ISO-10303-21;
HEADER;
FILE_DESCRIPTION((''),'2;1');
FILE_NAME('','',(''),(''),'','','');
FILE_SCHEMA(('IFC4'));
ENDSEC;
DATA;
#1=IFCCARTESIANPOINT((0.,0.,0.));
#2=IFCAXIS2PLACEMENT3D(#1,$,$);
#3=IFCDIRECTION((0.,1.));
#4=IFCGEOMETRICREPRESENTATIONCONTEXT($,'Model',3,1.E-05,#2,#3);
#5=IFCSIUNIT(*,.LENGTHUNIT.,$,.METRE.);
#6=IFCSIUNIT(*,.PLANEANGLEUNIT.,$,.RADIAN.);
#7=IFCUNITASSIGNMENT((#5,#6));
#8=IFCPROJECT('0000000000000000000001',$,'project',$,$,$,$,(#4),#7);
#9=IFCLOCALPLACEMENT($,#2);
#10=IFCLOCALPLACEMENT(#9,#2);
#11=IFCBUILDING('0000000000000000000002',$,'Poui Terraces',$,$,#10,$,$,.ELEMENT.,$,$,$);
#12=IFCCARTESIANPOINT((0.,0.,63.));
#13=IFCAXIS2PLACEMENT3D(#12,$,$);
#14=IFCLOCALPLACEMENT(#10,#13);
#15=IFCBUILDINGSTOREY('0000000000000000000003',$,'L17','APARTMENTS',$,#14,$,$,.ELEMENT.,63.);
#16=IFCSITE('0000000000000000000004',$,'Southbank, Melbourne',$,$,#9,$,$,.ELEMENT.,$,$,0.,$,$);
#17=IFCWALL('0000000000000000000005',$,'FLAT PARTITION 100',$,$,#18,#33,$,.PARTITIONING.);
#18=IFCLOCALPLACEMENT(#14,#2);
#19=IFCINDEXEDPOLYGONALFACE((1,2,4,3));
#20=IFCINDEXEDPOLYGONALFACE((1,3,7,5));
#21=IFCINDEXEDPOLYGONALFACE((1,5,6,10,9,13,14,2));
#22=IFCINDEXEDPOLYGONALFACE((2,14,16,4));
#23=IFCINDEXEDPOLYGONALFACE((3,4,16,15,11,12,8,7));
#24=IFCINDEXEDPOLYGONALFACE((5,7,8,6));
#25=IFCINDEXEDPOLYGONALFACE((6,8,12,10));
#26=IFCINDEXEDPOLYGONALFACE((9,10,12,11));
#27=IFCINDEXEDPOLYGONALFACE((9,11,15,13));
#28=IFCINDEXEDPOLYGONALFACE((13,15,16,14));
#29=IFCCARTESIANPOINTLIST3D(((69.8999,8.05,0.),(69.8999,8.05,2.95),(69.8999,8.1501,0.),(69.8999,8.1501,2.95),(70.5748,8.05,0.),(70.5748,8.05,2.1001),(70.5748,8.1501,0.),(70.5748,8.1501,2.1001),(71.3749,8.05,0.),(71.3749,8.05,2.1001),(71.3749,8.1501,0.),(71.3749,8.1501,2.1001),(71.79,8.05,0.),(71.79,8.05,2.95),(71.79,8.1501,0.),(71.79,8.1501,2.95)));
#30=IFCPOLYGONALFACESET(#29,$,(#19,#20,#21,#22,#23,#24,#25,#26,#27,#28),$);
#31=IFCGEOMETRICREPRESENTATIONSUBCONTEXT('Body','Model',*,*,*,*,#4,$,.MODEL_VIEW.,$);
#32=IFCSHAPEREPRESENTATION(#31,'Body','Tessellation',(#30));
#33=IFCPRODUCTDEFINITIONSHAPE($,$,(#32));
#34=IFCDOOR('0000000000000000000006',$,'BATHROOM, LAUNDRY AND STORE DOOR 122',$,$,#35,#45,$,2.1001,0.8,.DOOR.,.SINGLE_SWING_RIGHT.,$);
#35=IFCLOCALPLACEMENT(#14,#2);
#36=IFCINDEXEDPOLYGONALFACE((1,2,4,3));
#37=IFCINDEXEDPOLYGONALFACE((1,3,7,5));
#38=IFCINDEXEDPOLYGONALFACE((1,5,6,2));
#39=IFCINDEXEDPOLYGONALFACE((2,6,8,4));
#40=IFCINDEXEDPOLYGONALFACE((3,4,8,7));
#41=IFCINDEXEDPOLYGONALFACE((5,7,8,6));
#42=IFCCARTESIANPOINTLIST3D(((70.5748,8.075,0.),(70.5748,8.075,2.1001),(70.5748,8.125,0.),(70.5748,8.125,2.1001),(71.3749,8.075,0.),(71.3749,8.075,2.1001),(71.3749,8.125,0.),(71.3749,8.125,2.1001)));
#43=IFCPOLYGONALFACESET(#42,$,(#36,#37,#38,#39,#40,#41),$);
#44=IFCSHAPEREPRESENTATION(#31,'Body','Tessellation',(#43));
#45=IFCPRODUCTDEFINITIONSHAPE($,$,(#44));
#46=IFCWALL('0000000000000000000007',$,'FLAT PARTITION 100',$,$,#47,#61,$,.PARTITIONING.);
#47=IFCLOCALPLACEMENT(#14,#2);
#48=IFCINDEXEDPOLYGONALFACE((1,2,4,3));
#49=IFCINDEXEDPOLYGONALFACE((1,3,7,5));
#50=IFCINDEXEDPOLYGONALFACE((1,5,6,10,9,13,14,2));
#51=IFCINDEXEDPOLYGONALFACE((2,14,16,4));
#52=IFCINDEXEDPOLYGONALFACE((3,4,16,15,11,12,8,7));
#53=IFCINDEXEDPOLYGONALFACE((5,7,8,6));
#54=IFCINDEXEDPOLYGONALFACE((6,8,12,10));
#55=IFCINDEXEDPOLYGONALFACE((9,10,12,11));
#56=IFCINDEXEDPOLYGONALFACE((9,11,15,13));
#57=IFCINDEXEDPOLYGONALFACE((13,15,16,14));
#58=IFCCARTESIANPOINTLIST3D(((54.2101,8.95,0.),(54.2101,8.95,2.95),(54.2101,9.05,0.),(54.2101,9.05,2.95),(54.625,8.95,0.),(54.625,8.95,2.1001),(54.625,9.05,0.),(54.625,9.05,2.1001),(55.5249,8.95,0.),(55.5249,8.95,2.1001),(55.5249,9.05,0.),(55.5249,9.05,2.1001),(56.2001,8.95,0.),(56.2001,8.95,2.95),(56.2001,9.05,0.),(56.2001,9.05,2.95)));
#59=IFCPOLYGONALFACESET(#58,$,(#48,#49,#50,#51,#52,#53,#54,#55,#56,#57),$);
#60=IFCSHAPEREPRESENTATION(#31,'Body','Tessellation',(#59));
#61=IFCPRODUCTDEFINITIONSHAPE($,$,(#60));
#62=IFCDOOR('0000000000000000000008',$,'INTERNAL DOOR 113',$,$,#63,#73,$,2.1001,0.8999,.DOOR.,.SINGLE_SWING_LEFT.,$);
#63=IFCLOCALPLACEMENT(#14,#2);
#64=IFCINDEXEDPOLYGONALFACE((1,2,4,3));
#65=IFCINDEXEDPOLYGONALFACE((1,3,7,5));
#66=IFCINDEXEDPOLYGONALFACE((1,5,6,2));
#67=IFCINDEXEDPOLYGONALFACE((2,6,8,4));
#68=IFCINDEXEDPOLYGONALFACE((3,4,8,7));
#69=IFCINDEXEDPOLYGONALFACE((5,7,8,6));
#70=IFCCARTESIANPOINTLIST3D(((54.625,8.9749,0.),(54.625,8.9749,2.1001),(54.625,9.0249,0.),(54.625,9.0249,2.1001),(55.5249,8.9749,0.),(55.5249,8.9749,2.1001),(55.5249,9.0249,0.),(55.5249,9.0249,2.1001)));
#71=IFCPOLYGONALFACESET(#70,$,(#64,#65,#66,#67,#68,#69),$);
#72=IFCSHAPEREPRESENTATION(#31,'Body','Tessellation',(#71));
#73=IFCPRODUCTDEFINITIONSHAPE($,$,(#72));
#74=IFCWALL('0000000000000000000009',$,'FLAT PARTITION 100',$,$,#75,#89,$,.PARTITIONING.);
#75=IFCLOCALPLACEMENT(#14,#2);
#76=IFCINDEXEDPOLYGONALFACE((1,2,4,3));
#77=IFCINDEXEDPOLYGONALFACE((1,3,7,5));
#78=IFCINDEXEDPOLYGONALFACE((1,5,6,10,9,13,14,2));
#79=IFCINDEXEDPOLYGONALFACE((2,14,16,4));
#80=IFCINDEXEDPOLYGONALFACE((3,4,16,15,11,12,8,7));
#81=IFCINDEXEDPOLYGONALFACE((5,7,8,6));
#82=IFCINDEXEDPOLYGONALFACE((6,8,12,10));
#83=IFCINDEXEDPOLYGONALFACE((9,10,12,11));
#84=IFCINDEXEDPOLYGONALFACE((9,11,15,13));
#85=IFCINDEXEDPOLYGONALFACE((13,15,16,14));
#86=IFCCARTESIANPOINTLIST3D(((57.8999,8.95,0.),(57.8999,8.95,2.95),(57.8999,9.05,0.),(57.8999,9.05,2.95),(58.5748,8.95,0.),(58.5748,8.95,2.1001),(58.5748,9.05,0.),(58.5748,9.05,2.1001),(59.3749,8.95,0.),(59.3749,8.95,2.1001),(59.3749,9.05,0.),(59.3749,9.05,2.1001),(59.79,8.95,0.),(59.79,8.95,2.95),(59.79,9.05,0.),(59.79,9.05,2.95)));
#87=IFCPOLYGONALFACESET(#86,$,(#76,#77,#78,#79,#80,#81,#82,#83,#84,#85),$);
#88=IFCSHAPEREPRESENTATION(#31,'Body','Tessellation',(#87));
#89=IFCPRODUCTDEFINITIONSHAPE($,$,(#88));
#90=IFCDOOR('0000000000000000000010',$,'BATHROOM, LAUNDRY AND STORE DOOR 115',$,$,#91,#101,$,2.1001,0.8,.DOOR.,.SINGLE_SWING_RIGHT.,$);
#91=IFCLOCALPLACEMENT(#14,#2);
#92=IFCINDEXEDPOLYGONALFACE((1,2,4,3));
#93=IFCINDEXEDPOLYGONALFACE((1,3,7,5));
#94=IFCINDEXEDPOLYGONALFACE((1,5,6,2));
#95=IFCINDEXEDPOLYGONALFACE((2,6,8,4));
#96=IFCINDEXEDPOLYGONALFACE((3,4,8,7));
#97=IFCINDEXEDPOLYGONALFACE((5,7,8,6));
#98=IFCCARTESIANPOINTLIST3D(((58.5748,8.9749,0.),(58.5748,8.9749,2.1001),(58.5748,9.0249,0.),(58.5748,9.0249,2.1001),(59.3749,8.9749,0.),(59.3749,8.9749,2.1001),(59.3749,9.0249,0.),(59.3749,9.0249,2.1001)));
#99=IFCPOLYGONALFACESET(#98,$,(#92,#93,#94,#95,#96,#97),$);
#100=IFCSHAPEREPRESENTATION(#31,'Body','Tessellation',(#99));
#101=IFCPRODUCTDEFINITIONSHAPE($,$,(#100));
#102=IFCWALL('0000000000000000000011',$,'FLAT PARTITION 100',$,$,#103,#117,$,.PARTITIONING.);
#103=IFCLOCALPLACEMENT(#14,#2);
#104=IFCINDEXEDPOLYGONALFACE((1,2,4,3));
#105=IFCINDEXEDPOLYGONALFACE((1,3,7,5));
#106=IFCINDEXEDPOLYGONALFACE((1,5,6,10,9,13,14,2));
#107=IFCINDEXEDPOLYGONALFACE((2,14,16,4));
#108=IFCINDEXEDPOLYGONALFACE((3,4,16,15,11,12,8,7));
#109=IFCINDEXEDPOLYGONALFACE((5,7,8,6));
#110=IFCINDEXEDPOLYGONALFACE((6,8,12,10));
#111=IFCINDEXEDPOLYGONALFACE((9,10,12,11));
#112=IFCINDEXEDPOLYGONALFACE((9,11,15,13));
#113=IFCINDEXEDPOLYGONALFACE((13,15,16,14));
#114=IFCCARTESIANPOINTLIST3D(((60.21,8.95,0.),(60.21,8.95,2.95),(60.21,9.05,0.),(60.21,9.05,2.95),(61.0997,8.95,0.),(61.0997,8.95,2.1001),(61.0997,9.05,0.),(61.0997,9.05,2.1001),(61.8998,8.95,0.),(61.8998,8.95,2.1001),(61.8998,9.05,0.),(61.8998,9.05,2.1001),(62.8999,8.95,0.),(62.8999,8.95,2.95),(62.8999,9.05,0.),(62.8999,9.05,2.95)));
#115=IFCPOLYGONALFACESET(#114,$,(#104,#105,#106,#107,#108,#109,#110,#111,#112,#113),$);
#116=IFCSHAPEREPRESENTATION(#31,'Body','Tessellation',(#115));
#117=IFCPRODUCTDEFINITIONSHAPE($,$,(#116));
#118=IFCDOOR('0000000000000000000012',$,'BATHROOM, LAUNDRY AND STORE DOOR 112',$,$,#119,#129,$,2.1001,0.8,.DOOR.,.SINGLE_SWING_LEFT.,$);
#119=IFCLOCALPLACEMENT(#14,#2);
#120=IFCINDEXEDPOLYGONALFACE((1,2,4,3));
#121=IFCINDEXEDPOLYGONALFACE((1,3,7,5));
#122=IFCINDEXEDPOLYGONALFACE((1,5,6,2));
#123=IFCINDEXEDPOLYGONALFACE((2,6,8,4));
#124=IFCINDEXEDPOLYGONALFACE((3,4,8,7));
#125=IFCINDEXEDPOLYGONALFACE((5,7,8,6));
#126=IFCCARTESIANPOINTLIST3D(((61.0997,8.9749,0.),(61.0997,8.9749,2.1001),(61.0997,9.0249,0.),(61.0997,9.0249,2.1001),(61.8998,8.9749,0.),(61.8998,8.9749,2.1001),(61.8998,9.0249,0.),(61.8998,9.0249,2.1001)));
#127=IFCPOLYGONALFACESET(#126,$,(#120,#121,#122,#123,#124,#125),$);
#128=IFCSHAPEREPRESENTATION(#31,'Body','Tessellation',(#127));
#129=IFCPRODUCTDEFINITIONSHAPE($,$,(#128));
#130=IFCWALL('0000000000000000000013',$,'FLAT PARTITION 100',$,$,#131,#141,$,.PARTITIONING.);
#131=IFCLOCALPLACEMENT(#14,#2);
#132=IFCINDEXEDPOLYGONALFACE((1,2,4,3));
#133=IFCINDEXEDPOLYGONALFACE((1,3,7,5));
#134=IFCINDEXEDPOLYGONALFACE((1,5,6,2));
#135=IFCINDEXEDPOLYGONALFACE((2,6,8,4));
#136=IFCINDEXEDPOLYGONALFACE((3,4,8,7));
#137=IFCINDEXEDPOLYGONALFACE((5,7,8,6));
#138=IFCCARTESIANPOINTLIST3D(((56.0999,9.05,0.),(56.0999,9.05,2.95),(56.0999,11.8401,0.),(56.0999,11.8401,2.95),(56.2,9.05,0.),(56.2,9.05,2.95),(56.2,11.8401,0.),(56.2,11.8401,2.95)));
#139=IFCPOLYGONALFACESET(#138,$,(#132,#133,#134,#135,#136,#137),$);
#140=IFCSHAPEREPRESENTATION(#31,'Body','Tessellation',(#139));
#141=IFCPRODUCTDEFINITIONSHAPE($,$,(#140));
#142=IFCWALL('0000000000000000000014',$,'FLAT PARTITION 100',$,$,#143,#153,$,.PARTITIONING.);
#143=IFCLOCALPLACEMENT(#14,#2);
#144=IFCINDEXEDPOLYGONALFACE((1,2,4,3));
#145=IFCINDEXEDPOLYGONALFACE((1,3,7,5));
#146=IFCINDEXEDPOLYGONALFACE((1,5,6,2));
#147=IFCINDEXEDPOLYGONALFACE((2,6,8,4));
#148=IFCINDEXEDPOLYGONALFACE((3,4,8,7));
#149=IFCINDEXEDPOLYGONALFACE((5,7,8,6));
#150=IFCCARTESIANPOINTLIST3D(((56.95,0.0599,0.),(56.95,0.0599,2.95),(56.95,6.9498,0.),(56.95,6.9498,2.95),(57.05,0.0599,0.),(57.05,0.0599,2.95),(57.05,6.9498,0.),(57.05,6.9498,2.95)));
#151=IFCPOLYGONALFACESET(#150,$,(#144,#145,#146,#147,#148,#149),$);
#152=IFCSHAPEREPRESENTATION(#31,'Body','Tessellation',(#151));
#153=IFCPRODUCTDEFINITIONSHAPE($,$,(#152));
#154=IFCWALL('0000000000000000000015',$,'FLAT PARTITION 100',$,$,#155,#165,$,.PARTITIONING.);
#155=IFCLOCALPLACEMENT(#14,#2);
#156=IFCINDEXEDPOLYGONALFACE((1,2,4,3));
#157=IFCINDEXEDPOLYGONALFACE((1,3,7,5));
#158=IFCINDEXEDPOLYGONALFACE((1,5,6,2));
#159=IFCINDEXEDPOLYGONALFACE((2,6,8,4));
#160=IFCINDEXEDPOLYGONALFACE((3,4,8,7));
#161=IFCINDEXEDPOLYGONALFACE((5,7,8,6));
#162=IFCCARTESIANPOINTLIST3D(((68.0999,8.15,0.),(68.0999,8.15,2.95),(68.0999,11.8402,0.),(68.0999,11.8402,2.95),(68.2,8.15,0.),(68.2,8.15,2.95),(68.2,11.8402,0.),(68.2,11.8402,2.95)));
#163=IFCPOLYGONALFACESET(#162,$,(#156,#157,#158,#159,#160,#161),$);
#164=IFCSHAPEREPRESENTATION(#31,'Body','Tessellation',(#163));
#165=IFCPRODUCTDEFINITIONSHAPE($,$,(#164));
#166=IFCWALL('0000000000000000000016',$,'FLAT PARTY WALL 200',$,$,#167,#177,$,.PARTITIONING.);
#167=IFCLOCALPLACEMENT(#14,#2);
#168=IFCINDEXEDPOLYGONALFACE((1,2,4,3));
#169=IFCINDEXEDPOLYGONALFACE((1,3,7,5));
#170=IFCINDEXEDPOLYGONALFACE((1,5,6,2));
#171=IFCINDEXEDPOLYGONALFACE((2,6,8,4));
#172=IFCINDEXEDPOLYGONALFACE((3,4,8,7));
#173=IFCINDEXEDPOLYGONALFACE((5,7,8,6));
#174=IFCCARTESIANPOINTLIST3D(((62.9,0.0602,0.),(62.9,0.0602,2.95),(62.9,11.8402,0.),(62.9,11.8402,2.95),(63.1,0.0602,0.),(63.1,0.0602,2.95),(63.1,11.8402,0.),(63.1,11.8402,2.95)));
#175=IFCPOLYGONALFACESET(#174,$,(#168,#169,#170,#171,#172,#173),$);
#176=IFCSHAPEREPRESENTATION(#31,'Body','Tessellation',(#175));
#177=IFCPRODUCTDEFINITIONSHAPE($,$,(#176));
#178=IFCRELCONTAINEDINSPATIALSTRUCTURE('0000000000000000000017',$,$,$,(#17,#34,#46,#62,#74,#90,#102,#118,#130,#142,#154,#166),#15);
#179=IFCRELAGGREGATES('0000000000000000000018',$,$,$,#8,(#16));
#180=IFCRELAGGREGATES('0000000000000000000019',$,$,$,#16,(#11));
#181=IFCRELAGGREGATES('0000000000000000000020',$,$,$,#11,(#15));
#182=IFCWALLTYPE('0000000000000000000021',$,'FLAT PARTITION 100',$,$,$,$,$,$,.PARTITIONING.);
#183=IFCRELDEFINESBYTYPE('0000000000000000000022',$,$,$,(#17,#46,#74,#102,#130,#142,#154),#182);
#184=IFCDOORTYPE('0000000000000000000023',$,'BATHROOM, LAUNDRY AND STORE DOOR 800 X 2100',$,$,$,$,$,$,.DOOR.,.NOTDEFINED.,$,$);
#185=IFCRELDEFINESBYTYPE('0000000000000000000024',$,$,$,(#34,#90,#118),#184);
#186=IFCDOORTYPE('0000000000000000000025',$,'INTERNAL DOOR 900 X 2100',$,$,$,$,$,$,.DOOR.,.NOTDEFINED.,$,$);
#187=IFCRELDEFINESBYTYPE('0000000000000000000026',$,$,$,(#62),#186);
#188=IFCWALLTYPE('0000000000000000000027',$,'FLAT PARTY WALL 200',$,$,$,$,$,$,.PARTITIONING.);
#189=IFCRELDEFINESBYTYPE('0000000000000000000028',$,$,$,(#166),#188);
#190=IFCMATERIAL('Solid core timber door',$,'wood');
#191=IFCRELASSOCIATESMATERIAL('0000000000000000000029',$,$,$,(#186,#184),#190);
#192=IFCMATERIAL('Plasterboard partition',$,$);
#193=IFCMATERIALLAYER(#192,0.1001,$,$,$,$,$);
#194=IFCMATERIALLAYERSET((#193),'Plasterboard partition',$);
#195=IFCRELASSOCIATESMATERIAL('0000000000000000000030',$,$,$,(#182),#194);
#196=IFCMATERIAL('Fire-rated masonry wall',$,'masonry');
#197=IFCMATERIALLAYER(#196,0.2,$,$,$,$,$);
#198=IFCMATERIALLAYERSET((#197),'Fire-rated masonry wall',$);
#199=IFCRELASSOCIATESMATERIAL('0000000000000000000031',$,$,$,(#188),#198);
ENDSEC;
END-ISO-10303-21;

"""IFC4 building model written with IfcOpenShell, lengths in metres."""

from ifc_helpers import new_model, si_unit, direction, frame, frame_2d, origin, place, context, subcontext, project, spatial, rectangle, extrude, material, layer, layer_set, type_object, element, fill, save


model = new_model("IFC4")

# Units and contexts
model_context = context("Model", 3, precision=1e-05, world=origin(), true_north=direction((0.0, 1.0)))
body_context = subcontext(model_context, "Body", "Model", "MODEL_VIEW")
ifc_project = project(units=[si_unit("LENGTHUNIT", "METRE"), si_unit("PLANEANGLEUNIT", "RADIAN")], contexts=[model_context])

# Site, building, storey
site_placement = place(None, origin())
site = spatial("IfcSite", under=ifc_project, at=site_placement, Name="Southbank, Melbourne", CompositionType="ELEMENT", RefElevation=0.0)
building_placement = place(site_placement, origin())
building = spatial("IfcBuilding", under=site, at=building_placement, Name="Poui Terraces", CompositionType="ELEMENT")
storey_placement = place(building_placement, frame((0.0, 0.0, 63.0)))
storey = spatial("IfcBuildingStorey", under=building, at=storey_placement, Name="L17", Description="APARTMENTS", CompositionType="ELEMENT", Elevation=63.0)

# Walls, openings, doors
ifc_material_1 = material(Name="Solid core timber door", Category="wood")
door_type_1 = type_object("IfcDoorType", Name="INTERNAL DOOR 900 X 2100", OperationType="NOTDEFINED", PredefinedType="DOOR", material=ifc_material_1)
ifc_material_2 = material(Name="Plasterboard partition")
ifc_layer_1 = layer(ifc_material_2, 0.1001)
ifc_layer_set_1 = layer_set([ifc_layer_1], Name="Plasterboard partition")
wall_type_1 = type_object("IfcWallType", Name="FLAT PARTITION 100", PredefinedType="PARTITIONING", material=ifc_layer_set_1)
door_type_2 = type_object("IfcDoorType", Name="BATHROOM, LAUNDRY AND STORE DOOR 800 X 2100", OperationType="NOTDEFINED", PredefinedType="DOOR", material=ifc_material_1)
wall_1_placement = place(storey_placement, frame((69.8999, 8.1001, 0.0), z_axis=(0.0, 0.0, 1.0), x_axis=(1.0, 0.0, 0.0)))
wall_1 = element("IfcWall", 1, at=wall_1_placement, inside=storey, type_object=wall_type_1, Name="FLAT PARTITION 100", PredefinedType="PARTITIONING", context=body_context, shape_type="SweptSolid", body=[
    extrude(rectangle(XDim=1.8901, YDim=0.1001, at=frame_2d((0.9451, 0.0))), origin(), (0.0, 0.0, 1.0), 2.95),
])
opening_1_placement = place(wall_1_placement, frame((0.675, 0.0, 0.0)))
opening_1 = element("IfcOpeningElement", 2, at=opening_1_placement, cuts=wall_1, PredefinedType="OPENING", context=body_context, shape_type="SweptSolid", body=[
    extrude(rectangle(XDim=0.8, YDim=2.1001, at=frame_2d((0.3999, 1.05))), frame((0.0, 0.0601, 0.0), z_axis=(0.0, -1.0, 0.0), x_axis=(1.0, 0.0, 0.0)), (0.0, 0.0, 1.0), 0.1201),
])
door_1_placement = place(opening_1_placement, origin())
door_1 = element("IfcDoor", 3, at=door_1_placement, inside=storey, type_object=door_type_2, Name="BATHROOM, LAUNDRY AND STORE DOOR 122", OperationType="SINGLE_SWING_RIGHT", OverallHeight=2.1001, OverallWidth=0.8, PredefinedType="DOOR", context=body_context, shape_type="SweptSolid", body=[
    extrude(rectangle(XDim=0.8, YDim=2.1001, at=frame_2d((0.3999, 1.05))), frame((0.0, 0.0249, 0.0), z_axis=(0.0, -1.0, 0.0), x_axis=(1.0, 0.0, 0.0)), (0.0, 0.0, 1.0), 0.05),
])
fill(opening_1, door_1)
wall_2_placement = place(storey_placement, frame((54.21, 9.0, 0.0), z_axis=(0.0, 0.0, 1.0), x_axis=(1.0, 0.0, 0.0)))
wall_2 = element("IfcWall", 4, at=wall_2_placement, inside=storey, type_object=wall_type_1, Name="FLAT PARTITION 100", PredefinedType="PARTITIONING", context=body_context, shape_type="SweptSolid", body=[
    extrude(rectangle(XDim=1.99, YDim=0.1001, at=frame_2d((0.9951, 0.0))), origin(), (0.0, 0.0, 1.0), 2.95),
])
opening_2_placement = place(wall_2_placement, frame((0.415, 0.0, 0.0)))
opening_2 = element("IfcOpeningElement", 5, at=opening_2_placement, cuts=wall_2, PredefinedType="OPENING", context=body_context, shape_type="SweptSolid", body=[
    extrude(rectangle(XDim=0.8999, YDim=2.1001, at=frame_2d((0.45, 1.05))), frame((0.0, 0.0601, 0.0), z_axis=(0.0, -1.0, 0.0), x_axis=(1.0, 0.0, 0.0)), (0.0, 0.0, 1.0), 0.1201),
])
door_2_placement = place(opening_2_placement, origin())
door_2 = element("IfcDoor", 6, at=door_2_placement, inside=storey, type_object=door_type_1, Name="INTERNAL DOOR 113", OperationType="SINGLE_SWING_LEFT", OverallHeight=2.1001, OverallWidth=0.8999, PredefinedType="DOOR", context=body_context, shape_type="SweptSolid", body=[
    extrude(rectangle(XDim=0.8999, YDim=2.1001, at=frame_2d((0.45, 1.05))), frame((0.0, 0.0249, 0.0), z_axis=(0.0, -1.0, 0.0), x_axis=(1.0, 0.0, 0.0)), (0.0, 0.0, 1.0), 0.05),
])
fill(opening_2, door_2)
wall_3_placement = place(storey_placement, frame((57.8999, 9.0, 0.0), z_axis=(0.0, 0.0, 1.0), x_axis=(1.0, 0.0, 0.0)))
wall_3 = element("IfcWall", 7, at=wall_3_placement, inside=storey, type_object=wall_type_1, Name="FLAT PARTITION 100", PredefinedType="PARTITIONING", context=body_context, shape_type="SweptSolid", body=[
    extrude(rectangle(XDim=1.8901, YDim=0.1001, at=frame_2d((0.9451, 0.0))), origin(), (0.0, 0.0, 1.0), 2.95),
])
opening_3_placement = place(wall_3_placement, frame((0.675, 0.0, 0.0)))
opening_3 = element("IfcOpeningElement", 8, at=opening_3_placement, cuts=wall_3, PredefinedType="OPENING", context=body_context, shape_type="SweptSolid", body=[
    extrude(rectangle(XDim=0.8, YDim=2.1001, at=frame_2d((0.3999, 1.05))), frame((0.0, 0.0601, 0.0), z_axis=(0.0, -1.0, 0.0), x_axis=(1.0, 0.0, 0.0)), (0.0, 0.0, 1.0), 0.1201),
])
door_3_placement = place(opening_3_placement, origin())
door_3 = element("IfcDoor", 9, at=door_3_placement, inside=storey, type_object=door_type_2, Name="BATHROOM, LAUNDRY AND STORE DOOR 115", OperationType="SINGLE_SWING_RIGHT", OverallHeight=2.1001, OverallWidth=0.8, PredefinedType="DOOR", context=body_context, shape_type="SweptSolid", body=[
    extrude(rectangle(XDim=0.8, YDim=2.1001, at=frame_2d((0.3999, 1.05))), frame((0.0, 0.0249, 0.0), z_axis=(0.0, -1.0, 0.0), x_axis=(1.0, 0.0, 0.0)), (0.0, 0.0, 1.0), 0.05),
])
fill(opening_3, door_3)
wall_4_placement = place(storey_placement, frame((60.21, 9.0, 0.0), z_axis=(0.0, 0.0, 1.0), x_axis=(1.0, 0.0, 0.0)))
wall_4 = element("IfcWall", 10, at=wall_4_placement, inside=storey, type_object=wall_type_1, Name="FLAT PARTITION 100", PredefinedType="PARTITIONING", context=body_context, shape_type="SweptSolid", body=[
    extrude(rectangle(XDim=2.6899, YDim=0.1001, at=frame_2d((1.345, 0.0))), origin(), (0.0, 0.0, 1.0), 2.95),
])
opening_4_placement = place(wall_4_placement, frame((0.8899, 0.0, 0.0)))
opening_4 = element("IfcOpeningElement", 11, at=opening_4_placement, cuts=wall_4, PredefinedType="OPENING", context=body_context, shape_type="SweptSolid", body=[
    extrude(rectangle(XDim=0.8, YDim=2.1001, at=frame_2d((0.3999, 1.05))), frame((0.0, 0.0601, 0.0), z_axis=(0.0, -1.0, 0.0), x_axis=(1.0, 0.0, 0.0)), (0.0, 0.0, 1.0), 0.1201),
])
door_4_placement = place(opening_4_placement, origin())
door_4 = element("IfcDoor", 12, at=door_4_placement, inside=storey, type_object=door_type_2, Name="BATHROOM, LAUNDRY AND STORE DOOR 112", OperationType="SINGLE_SWING_LEFT", OverallHeight=2.1001, OverallWidth=0.8, PredefinedType="DOOR", context=body_context, shape_type="SweptSolid", body=[
    extrude(rectangle(XDim=0.8, YDim=2.1001, at=frame_2d((0.3999, 1.05))), frame((0.0, 0.0249, 0.0), z_axis=(0.0, -1.0, 0.0), x_axis=(1.0, 0.0, 0.0)), (0.0, 0.0, 1.0), 0.05),
])
fill(opening_4, door_4)

# Walls
wall_5_placement = place(storey_placement, frame((56.1499, 9.05, 0.0), z_axis=(0.0, 0.0, 1.0), x_axis=(0.0, 1.0, 0.0)))
element("IfcWall", 13, at=wall_5_placement, inside=storey, type_object=wall_type_1, Name="FLAT PARTITION 100", PredefinedType="PARTITIONING", context=body_context, shape_type="SweptSolid", body=[
    extrude(rectangle(XDim=2.79, YDim=0.1001, at=frame_2d((1.395, 0.0))), origin(), (0.0, 0.0, 1.0), 2.95),
])
wall_6_placement = place(storey_placement, frame((57.0, 0.0601, 0.0), z_axis=(0.0, 0.0, 1.0), x_axis=(0.0, 1.0, 0.0)))
element("IfcWall", 14, at=wall_6_placement, inside=storey, type_object=wall_type_1, Name="FLAT PARTITION 100", PredefinedType="PARTITIONING", context=body_context, shape_type="SweptSolid", body=[
    extrude(rectangle(XDim=6.8899, YDim=0.1001, at=frame_2d((3.4448, 0.0))), origin(), (0.0, 0.0, 1.0), 2.95),
])
wall_7_placement = place(storey_placement, frame((68.1499, 8.1499, 0.0), z_axis=(0.0, 0.0, 1.0), x_axis=(0.0, 1.0, 0.0)))
element("IfcWall", 15, at=wall_7_placement, inside=storey, type_object=wall_type_1, Name="FLAT PARTITION 100", PredefinedType="PARTITIONING", context=body_context, shape_type="SweptSolid", body=[
    extrude(rectangle(XDim=3.6902, YDim=0.1001, at=frame_2d((1.8452, 0.0))), origin(), (0.0, 0.0, 1.0), 2.95),
])
ifc_material_3 = material(Name="Fire-rated masonry wall", Category="masonry")
ifc_layer_2 = layer(ifc_material_3, 0.2)
ifc_layer_set_2 = layer_set([ifc_layer_2], Name="Fire-rated masonry wall")
wall_type_2 = type_object("IfcWallType", Name="FLAT PARTY WALL 200", PredefinedType="PARTITIONING", material=ifc_layer_set_2)
wall_8_placement = place(storey_placement, frame((63.0, 0.0601, 0.0), z_axis=(0.0, 0.0, 1.0), x_axis=(0.0, 1.0, 0.0)))
element("IfcWall", 16, at=wall_8_placement, inside=storey, type_object=wall_type_2, Name="FLAT PARTY WALL 200", PredefinedType="PARTITIONING", context=body_context, shape_type="SweptSolid", body=[
    extrude(rectangle(XDim=11.78, YDim=0.2, at=frame_2d((5.8901, 0.0))), origin(), (0.0, 0.0, 1.0), 2.95),
])

save(model, "model.ifc")
